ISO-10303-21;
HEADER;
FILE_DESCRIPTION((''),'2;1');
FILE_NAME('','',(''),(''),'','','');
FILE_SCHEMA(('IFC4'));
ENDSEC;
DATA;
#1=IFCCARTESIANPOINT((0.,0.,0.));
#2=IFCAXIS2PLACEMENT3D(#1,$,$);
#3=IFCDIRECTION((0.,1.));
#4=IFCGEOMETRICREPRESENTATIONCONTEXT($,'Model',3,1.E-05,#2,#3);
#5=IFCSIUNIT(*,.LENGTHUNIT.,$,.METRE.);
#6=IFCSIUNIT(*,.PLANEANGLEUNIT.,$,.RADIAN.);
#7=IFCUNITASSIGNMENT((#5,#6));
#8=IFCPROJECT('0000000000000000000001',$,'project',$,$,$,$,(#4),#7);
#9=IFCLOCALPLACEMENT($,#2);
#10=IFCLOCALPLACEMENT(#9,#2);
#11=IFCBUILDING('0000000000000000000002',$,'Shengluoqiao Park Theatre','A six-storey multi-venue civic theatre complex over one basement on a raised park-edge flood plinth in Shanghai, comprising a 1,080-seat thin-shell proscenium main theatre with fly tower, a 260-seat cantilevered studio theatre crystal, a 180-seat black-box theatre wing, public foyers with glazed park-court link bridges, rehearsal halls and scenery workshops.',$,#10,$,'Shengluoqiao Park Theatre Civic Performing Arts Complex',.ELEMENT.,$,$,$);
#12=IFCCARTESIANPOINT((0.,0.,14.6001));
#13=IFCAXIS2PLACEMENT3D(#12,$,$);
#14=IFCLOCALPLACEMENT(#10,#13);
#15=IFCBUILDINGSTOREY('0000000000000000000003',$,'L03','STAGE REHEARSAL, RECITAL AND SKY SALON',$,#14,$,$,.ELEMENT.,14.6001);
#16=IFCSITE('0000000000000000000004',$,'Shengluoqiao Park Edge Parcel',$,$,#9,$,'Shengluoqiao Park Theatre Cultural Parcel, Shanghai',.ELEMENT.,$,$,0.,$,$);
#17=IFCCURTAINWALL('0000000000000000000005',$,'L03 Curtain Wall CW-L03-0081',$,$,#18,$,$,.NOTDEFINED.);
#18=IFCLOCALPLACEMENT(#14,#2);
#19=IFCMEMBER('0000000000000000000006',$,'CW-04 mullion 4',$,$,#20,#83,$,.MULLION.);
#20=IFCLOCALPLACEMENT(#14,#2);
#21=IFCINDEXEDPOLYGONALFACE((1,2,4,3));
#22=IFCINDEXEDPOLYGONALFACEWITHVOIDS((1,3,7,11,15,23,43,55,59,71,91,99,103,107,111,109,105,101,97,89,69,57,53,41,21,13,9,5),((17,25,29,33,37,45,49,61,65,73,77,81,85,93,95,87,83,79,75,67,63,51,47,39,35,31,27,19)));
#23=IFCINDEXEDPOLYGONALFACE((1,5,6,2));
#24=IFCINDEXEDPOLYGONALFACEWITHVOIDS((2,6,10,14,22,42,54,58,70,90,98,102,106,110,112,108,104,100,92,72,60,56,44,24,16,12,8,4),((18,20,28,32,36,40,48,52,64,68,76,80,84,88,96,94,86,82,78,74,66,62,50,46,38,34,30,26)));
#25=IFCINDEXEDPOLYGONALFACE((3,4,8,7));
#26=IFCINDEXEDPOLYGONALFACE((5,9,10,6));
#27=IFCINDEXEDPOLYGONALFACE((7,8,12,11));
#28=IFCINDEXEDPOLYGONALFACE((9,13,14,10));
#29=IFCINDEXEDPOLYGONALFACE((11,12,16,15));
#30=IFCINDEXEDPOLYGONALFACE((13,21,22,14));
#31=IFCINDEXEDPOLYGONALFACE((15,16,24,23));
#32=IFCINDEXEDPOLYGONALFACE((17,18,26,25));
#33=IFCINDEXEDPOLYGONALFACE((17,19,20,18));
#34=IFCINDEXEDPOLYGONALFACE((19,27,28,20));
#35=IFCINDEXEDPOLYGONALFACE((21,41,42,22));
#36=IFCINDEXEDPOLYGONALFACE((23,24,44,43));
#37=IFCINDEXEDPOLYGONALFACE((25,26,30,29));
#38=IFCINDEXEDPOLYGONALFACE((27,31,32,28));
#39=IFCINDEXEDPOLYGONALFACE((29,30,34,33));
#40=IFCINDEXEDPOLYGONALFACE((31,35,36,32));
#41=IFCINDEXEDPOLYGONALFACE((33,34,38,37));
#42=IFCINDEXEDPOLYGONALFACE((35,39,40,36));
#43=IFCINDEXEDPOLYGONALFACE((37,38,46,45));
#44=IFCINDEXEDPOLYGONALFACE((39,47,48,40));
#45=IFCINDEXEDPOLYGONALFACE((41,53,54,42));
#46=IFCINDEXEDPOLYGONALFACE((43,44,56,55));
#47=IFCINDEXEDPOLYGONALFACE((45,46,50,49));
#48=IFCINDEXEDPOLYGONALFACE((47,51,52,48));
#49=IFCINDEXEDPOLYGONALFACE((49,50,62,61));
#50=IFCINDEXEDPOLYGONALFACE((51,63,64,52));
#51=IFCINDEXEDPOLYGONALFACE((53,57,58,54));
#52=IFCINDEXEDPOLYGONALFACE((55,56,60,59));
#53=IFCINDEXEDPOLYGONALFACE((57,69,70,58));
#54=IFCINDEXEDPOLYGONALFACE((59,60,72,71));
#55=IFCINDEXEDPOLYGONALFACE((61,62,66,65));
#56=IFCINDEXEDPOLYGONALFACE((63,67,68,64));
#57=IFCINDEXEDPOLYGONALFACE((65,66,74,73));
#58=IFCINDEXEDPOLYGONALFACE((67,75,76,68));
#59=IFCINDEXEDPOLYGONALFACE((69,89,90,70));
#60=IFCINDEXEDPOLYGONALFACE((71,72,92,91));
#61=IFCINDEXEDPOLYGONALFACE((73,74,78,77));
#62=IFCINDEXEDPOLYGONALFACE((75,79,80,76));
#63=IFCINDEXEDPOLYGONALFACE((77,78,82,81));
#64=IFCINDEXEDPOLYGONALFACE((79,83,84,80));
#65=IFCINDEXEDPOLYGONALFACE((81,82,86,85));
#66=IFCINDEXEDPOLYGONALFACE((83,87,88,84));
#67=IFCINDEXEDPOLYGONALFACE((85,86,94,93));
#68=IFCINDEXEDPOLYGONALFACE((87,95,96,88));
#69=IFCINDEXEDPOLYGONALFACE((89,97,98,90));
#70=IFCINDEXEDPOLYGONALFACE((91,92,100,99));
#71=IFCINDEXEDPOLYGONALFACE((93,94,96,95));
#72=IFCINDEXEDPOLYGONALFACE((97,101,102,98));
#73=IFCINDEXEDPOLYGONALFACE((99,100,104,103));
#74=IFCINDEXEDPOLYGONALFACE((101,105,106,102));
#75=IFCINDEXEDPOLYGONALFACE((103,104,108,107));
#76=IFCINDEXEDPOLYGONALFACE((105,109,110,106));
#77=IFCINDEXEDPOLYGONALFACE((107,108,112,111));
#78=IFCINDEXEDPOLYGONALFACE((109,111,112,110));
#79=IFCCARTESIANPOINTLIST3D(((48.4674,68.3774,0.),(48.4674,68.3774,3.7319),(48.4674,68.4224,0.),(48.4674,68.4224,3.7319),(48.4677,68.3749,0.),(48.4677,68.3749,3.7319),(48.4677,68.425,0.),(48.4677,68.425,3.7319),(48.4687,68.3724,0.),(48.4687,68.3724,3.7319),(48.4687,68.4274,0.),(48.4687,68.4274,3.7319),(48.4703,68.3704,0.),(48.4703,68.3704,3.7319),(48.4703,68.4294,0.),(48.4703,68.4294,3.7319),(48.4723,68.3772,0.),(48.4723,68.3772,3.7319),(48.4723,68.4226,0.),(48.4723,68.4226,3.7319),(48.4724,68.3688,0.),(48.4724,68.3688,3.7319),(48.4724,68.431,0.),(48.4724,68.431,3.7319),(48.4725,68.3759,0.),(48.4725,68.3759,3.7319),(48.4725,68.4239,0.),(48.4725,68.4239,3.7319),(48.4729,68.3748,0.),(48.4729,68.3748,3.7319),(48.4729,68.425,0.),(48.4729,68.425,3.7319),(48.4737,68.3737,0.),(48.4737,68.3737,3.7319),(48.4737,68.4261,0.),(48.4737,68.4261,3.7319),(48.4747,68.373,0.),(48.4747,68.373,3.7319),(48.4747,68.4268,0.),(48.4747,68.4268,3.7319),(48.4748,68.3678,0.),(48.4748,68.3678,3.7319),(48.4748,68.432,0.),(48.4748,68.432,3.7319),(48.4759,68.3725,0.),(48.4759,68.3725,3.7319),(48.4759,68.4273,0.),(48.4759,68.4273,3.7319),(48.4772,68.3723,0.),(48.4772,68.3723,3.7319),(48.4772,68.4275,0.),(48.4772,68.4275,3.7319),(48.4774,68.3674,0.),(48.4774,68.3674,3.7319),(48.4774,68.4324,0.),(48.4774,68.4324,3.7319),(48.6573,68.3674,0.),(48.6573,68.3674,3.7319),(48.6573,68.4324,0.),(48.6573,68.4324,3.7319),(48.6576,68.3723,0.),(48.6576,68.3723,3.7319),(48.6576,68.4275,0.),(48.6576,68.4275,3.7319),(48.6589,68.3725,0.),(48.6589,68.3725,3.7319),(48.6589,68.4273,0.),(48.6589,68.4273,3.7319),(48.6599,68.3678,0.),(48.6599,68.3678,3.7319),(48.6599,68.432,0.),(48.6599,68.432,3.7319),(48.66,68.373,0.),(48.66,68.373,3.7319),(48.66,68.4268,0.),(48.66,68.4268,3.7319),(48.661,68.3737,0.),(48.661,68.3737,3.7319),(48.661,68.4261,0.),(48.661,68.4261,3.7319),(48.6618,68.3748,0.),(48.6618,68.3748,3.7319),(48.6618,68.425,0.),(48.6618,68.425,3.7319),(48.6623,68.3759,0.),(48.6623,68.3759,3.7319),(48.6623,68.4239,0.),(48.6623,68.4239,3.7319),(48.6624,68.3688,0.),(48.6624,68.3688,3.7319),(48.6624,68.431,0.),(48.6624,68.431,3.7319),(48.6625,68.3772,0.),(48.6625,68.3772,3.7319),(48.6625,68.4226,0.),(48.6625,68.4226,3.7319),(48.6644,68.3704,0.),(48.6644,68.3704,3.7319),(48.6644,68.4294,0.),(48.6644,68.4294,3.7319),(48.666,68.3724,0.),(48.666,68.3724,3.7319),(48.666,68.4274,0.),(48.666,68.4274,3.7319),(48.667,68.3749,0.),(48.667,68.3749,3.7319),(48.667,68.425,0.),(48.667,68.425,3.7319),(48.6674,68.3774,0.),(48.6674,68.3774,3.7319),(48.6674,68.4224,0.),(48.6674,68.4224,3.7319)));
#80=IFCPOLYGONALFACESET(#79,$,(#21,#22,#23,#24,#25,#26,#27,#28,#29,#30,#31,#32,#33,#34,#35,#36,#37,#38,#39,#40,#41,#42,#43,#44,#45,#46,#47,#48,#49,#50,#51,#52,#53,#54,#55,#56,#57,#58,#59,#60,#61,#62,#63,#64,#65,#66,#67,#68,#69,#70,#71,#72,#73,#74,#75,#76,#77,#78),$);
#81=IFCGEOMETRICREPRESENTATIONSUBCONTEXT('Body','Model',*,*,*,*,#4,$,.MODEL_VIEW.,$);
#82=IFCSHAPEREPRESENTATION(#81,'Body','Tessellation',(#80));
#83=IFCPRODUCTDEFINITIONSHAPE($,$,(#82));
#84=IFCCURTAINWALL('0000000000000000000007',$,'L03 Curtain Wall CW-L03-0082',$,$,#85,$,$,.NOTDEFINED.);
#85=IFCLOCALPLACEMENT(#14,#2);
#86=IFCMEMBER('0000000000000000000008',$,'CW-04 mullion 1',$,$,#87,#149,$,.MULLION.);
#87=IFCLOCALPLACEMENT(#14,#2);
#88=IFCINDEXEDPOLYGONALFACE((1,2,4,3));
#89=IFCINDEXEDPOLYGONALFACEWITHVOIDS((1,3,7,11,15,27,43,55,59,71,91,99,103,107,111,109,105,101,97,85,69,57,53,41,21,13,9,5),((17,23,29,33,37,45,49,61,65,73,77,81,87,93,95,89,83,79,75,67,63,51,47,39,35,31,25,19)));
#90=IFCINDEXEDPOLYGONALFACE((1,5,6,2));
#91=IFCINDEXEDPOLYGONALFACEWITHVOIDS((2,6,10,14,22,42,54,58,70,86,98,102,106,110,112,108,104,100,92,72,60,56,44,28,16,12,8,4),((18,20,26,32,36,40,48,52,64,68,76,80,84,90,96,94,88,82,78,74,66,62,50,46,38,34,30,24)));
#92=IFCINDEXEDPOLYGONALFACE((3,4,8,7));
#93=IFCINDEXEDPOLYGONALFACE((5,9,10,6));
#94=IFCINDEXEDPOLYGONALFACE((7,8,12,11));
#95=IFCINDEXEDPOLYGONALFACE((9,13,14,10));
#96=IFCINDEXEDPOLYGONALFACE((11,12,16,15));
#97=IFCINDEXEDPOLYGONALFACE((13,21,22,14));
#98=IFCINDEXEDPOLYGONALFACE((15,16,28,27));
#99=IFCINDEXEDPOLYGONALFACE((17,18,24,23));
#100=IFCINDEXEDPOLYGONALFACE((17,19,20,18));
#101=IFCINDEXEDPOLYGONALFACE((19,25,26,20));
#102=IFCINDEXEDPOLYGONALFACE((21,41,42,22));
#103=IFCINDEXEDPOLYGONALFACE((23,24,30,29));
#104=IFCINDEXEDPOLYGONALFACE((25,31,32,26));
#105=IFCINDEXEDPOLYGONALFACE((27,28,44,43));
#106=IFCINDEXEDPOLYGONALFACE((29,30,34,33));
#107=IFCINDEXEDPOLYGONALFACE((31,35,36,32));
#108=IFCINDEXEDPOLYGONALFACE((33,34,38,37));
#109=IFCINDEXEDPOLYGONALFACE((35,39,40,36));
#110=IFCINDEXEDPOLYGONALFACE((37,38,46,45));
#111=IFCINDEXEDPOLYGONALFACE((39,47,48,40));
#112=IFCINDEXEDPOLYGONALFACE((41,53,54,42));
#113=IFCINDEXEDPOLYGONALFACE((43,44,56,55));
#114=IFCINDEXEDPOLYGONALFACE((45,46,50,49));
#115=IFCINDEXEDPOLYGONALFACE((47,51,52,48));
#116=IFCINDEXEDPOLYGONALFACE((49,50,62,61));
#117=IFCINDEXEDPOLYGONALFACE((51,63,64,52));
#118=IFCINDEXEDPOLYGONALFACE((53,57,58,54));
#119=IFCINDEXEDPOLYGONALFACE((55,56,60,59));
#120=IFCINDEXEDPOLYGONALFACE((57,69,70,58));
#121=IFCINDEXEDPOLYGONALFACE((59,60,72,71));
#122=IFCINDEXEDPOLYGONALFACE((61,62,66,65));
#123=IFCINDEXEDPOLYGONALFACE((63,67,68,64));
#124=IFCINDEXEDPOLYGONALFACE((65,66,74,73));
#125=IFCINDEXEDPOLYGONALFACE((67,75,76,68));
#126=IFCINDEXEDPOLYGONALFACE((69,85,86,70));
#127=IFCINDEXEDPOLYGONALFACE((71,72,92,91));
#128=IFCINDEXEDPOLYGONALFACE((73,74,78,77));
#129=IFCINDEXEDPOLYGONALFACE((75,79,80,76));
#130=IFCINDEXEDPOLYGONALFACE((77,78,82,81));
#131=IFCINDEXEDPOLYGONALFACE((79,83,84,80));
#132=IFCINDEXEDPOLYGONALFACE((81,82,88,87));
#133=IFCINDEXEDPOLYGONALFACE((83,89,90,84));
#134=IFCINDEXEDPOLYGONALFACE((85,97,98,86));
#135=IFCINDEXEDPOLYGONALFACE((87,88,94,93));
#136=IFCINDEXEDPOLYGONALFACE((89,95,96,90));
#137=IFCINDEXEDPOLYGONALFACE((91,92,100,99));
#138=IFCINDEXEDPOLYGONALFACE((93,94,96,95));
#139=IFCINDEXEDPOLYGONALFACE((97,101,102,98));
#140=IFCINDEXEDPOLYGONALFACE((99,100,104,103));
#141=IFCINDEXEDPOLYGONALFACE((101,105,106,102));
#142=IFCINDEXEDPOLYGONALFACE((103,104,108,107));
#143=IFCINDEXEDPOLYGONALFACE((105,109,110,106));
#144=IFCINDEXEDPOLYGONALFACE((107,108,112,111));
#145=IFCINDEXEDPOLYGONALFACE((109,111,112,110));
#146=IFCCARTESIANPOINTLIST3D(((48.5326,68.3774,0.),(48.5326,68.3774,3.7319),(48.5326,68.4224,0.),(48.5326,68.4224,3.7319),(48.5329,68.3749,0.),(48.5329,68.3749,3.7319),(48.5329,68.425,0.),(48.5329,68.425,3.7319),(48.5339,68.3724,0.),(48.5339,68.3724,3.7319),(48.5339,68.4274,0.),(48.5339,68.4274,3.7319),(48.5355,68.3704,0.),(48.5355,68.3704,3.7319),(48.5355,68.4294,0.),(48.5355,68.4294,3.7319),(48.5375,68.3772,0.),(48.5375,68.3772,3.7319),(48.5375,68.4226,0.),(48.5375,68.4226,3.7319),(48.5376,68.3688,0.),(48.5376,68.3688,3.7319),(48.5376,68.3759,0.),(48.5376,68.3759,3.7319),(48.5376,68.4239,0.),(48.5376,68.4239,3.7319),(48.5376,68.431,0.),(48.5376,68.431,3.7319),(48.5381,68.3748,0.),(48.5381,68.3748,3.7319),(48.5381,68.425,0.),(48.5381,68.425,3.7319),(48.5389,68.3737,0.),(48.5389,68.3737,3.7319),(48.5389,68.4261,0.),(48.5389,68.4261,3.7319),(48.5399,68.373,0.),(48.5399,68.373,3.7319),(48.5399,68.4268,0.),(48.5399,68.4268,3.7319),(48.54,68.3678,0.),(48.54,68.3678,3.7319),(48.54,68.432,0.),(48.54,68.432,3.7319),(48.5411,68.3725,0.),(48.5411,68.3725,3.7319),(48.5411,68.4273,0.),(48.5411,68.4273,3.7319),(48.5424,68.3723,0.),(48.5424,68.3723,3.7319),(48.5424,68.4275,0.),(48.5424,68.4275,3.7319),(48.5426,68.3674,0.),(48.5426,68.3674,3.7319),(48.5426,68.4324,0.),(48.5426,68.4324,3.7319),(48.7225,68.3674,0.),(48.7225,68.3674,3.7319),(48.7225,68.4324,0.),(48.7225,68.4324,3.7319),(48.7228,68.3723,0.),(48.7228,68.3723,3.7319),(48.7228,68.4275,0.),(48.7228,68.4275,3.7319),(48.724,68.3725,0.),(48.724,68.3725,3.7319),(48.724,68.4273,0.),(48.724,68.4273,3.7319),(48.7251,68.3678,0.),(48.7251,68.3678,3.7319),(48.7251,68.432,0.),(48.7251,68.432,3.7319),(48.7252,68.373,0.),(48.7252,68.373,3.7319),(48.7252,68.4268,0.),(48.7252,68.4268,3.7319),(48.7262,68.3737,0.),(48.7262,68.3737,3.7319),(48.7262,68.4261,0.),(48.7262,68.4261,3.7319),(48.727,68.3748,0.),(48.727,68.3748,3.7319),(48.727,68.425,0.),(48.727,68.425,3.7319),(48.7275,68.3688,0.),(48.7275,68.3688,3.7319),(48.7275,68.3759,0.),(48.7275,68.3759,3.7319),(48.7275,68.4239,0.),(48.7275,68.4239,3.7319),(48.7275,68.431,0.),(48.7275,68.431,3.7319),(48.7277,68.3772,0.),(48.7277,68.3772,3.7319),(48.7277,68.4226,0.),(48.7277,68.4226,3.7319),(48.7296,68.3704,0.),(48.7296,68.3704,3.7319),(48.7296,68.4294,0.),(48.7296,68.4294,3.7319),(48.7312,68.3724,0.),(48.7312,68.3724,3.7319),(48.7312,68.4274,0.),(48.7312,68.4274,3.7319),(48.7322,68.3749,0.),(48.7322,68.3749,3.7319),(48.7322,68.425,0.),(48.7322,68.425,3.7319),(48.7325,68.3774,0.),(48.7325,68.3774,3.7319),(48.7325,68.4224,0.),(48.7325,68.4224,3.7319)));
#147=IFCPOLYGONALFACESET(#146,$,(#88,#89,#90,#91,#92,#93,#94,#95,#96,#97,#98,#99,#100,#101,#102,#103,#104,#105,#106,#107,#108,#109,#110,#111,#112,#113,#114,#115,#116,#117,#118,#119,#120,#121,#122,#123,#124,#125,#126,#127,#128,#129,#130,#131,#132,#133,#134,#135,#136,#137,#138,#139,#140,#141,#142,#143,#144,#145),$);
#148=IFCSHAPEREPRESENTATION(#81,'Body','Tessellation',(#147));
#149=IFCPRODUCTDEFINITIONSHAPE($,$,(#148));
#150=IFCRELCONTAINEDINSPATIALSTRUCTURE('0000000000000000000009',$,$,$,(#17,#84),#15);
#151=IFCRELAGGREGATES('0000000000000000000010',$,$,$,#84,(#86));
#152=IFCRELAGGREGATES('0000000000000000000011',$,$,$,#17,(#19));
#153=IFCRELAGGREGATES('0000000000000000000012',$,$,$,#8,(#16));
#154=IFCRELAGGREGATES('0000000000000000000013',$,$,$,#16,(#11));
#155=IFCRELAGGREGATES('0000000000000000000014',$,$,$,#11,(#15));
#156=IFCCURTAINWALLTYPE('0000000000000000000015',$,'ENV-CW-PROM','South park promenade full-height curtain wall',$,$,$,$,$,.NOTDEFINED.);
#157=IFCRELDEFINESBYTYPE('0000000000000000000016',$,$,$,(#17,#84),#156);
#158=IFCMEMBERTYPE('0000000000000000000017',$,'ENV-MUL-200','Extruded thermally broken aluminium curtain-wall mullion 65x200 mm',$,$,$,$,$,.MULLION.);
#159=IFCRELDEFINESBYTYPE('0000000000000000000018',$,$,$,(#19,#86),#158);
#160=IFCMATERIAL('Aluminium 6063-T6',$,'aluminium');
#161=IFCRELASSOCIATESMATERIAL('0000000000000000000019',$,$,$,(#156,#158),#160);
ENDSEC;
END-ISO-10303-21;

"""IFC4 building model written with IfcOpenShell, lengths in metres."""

from ifc_helpers import new_model, si_unit, direction, frame, origin, origin_2d, place, context, subcontext, project, spatial, hollow_rectangle, extrude, material, material_profile, profile_set, type_object, element, aggregate, save


model = new_model("IFC4")

# Units and contexts
model_context = context("Model", 3, precision=1e-05, world=origin(), true_north=direction((0.0, 1.0)))
body_context = subcontext(model_context, "Body", "Model", "MODEL_VIEW")
ifc_project = project(units=[si_unit("LENGTHUNIT", "METRE"), si_unit("PLANEANGLEUNIT", "RADIAN")], contexts=[model_context])

# Site, building, storey
site_placement = place(None, origin())
site = spatial("IfcSite", under=ifc_project, at=site_placement, Name="Shengluoqiao Park Edge Parcel", LongName="Shengluoqiao Park Theatre Cultural Parcel, Shanghai", CompositionType="ELEMENT", RefElevation=0.0)
building_placement = place(site_placement, origin())
building = spatial("IfcBuilding", under=site, at=building_placement, Name="Shengluoqiao Park Theatre", Description="A six-storey multi-venue civic theatre complex over one basement on a raised park-edge flood plinth in Shanghai, comprising a 1,080-seat thin-shell proscenium main theatre with fly tower, a 260-seat cantilevered studio theatre crystal, a 180-seat black-box theatre wing, public foyers with glazed park-court link bridges, rehearsal halls and scenery workshops.", LongName="Shengluoqiao Park Theatre Civic Performing Arts Complex", CompositionType="ELEMENT")
storey_placement = place(building_placement, frame((0.0, 0.0, 14.6001)))
storey = spatial("IfcBuildingStorey", under=building, at=storey_placement, Name="L03", Description="STAGE REHEARSAL, RECITAL AND SKY SALON", CompositionType="ELEMENT", Elevation=14.6001)

# Curtain wall, member
ifc_material_1 = material(Name="Aluminium 6063-T6", Category="aluminium")
curtain_wall_type = type_object("IfcCurtainWallType", Name="ENV-CW-PROM", Description="South park promenade full-height curtain wall", PredefinedType="NOTDEFINED", material=ifc_material_1)
curtain_wall_1_placement = place(storey_placement, origin())
curtain_wall_1 = element("IfcCurtainWall", 1, at=curtain_wall_1_placement, inside=storey, type_object=curtain_wall_type, Name="L03 Curtain Wall CW-L03-0081", PredefinedType="NOTDEFINED")
ifc_material_profile_1 = material_profile(ifc_material_1, hollow_rectangle(XDim=0.0649, YDim=0.2, WallThickness=0.0049, InnerFilletRadius=0.0049, OuterFilletRadius=0.01, at=origin_2d()), Name="ALU MULLION 200x65x5")
ifc_profile_set_1 = profile_set([ifc_material_profile_1], Name="Aluminium 6063-T6")
member_type_1 = type_object("IfcMemberType", Name="ENV-MUL-200", Description="Extruded thermally broken aluminium curtain-wall mullion 65x200 mm", PredefinedType="MULLION", material=ifc_profile_set_1)
member_1_placement = place(storey_placement, frame((48.5674, 68.3999, 0.0), z_axis=(0.0, 0.0, 1.0), x_axis=(0.0, 1.0, 0.0)))
member_1 = element("IfcMember", 2, at=member_1_placement, type_object=member_type_1, Name="CW-04 mullion 4", PredefinedType="MULLION", context=body_context, shape_type="SweptSolid", body=[
    extrude(hollow_rectangle(XDim=0.0649, YDim=0.2, WallThickness=0.0049, InnerFilletRadius=0.0049, OuterFilletRadius=0.01, at=origin_2d()), origin(), (0.0, 0.0, 1.0), 3.7319),
])

# Curtain wall, member
curtain_wall_2_placement = place(storey_placement, origin())
curtain_wall_2 = element("IfcCurtainWall", 3, at=curtain_wall_2_placement, inside=storey, type_object=curtain_wall_type, Name="L03 Curtain Wall CW-L03-0082", PredefinedType="NOTDEFINED")
member_2_placement = place(storey_placement, frame((48.6326, 68.3999, 0.0), z_axis=(0.0, 0.0, 1.0), x_axis=(0.0, 1.0, 0.0)))
member_2 = element("IfcMember", 4, at=member_2_placement, type_object=member_type_1, Name="CW-04 mullion 1", PredefinedType="MULLION", context=body_context, shape_type="SweptSolid", body=[
    extrude(hollow_rectangle(XDim=0.0649, YDim=0.2, WallThickness=0.0049, InnerFilletRadius=0.0049, OuterFilletRadius=0.01, at=origin_2d()), origin(), (0.0, 0.0, 1.0), 3.7319),
])

aggregate(curtain_wall_2, [member_2])

aggregate(curtain_wall_1, [member_1])

save(model, "model.ifc")
